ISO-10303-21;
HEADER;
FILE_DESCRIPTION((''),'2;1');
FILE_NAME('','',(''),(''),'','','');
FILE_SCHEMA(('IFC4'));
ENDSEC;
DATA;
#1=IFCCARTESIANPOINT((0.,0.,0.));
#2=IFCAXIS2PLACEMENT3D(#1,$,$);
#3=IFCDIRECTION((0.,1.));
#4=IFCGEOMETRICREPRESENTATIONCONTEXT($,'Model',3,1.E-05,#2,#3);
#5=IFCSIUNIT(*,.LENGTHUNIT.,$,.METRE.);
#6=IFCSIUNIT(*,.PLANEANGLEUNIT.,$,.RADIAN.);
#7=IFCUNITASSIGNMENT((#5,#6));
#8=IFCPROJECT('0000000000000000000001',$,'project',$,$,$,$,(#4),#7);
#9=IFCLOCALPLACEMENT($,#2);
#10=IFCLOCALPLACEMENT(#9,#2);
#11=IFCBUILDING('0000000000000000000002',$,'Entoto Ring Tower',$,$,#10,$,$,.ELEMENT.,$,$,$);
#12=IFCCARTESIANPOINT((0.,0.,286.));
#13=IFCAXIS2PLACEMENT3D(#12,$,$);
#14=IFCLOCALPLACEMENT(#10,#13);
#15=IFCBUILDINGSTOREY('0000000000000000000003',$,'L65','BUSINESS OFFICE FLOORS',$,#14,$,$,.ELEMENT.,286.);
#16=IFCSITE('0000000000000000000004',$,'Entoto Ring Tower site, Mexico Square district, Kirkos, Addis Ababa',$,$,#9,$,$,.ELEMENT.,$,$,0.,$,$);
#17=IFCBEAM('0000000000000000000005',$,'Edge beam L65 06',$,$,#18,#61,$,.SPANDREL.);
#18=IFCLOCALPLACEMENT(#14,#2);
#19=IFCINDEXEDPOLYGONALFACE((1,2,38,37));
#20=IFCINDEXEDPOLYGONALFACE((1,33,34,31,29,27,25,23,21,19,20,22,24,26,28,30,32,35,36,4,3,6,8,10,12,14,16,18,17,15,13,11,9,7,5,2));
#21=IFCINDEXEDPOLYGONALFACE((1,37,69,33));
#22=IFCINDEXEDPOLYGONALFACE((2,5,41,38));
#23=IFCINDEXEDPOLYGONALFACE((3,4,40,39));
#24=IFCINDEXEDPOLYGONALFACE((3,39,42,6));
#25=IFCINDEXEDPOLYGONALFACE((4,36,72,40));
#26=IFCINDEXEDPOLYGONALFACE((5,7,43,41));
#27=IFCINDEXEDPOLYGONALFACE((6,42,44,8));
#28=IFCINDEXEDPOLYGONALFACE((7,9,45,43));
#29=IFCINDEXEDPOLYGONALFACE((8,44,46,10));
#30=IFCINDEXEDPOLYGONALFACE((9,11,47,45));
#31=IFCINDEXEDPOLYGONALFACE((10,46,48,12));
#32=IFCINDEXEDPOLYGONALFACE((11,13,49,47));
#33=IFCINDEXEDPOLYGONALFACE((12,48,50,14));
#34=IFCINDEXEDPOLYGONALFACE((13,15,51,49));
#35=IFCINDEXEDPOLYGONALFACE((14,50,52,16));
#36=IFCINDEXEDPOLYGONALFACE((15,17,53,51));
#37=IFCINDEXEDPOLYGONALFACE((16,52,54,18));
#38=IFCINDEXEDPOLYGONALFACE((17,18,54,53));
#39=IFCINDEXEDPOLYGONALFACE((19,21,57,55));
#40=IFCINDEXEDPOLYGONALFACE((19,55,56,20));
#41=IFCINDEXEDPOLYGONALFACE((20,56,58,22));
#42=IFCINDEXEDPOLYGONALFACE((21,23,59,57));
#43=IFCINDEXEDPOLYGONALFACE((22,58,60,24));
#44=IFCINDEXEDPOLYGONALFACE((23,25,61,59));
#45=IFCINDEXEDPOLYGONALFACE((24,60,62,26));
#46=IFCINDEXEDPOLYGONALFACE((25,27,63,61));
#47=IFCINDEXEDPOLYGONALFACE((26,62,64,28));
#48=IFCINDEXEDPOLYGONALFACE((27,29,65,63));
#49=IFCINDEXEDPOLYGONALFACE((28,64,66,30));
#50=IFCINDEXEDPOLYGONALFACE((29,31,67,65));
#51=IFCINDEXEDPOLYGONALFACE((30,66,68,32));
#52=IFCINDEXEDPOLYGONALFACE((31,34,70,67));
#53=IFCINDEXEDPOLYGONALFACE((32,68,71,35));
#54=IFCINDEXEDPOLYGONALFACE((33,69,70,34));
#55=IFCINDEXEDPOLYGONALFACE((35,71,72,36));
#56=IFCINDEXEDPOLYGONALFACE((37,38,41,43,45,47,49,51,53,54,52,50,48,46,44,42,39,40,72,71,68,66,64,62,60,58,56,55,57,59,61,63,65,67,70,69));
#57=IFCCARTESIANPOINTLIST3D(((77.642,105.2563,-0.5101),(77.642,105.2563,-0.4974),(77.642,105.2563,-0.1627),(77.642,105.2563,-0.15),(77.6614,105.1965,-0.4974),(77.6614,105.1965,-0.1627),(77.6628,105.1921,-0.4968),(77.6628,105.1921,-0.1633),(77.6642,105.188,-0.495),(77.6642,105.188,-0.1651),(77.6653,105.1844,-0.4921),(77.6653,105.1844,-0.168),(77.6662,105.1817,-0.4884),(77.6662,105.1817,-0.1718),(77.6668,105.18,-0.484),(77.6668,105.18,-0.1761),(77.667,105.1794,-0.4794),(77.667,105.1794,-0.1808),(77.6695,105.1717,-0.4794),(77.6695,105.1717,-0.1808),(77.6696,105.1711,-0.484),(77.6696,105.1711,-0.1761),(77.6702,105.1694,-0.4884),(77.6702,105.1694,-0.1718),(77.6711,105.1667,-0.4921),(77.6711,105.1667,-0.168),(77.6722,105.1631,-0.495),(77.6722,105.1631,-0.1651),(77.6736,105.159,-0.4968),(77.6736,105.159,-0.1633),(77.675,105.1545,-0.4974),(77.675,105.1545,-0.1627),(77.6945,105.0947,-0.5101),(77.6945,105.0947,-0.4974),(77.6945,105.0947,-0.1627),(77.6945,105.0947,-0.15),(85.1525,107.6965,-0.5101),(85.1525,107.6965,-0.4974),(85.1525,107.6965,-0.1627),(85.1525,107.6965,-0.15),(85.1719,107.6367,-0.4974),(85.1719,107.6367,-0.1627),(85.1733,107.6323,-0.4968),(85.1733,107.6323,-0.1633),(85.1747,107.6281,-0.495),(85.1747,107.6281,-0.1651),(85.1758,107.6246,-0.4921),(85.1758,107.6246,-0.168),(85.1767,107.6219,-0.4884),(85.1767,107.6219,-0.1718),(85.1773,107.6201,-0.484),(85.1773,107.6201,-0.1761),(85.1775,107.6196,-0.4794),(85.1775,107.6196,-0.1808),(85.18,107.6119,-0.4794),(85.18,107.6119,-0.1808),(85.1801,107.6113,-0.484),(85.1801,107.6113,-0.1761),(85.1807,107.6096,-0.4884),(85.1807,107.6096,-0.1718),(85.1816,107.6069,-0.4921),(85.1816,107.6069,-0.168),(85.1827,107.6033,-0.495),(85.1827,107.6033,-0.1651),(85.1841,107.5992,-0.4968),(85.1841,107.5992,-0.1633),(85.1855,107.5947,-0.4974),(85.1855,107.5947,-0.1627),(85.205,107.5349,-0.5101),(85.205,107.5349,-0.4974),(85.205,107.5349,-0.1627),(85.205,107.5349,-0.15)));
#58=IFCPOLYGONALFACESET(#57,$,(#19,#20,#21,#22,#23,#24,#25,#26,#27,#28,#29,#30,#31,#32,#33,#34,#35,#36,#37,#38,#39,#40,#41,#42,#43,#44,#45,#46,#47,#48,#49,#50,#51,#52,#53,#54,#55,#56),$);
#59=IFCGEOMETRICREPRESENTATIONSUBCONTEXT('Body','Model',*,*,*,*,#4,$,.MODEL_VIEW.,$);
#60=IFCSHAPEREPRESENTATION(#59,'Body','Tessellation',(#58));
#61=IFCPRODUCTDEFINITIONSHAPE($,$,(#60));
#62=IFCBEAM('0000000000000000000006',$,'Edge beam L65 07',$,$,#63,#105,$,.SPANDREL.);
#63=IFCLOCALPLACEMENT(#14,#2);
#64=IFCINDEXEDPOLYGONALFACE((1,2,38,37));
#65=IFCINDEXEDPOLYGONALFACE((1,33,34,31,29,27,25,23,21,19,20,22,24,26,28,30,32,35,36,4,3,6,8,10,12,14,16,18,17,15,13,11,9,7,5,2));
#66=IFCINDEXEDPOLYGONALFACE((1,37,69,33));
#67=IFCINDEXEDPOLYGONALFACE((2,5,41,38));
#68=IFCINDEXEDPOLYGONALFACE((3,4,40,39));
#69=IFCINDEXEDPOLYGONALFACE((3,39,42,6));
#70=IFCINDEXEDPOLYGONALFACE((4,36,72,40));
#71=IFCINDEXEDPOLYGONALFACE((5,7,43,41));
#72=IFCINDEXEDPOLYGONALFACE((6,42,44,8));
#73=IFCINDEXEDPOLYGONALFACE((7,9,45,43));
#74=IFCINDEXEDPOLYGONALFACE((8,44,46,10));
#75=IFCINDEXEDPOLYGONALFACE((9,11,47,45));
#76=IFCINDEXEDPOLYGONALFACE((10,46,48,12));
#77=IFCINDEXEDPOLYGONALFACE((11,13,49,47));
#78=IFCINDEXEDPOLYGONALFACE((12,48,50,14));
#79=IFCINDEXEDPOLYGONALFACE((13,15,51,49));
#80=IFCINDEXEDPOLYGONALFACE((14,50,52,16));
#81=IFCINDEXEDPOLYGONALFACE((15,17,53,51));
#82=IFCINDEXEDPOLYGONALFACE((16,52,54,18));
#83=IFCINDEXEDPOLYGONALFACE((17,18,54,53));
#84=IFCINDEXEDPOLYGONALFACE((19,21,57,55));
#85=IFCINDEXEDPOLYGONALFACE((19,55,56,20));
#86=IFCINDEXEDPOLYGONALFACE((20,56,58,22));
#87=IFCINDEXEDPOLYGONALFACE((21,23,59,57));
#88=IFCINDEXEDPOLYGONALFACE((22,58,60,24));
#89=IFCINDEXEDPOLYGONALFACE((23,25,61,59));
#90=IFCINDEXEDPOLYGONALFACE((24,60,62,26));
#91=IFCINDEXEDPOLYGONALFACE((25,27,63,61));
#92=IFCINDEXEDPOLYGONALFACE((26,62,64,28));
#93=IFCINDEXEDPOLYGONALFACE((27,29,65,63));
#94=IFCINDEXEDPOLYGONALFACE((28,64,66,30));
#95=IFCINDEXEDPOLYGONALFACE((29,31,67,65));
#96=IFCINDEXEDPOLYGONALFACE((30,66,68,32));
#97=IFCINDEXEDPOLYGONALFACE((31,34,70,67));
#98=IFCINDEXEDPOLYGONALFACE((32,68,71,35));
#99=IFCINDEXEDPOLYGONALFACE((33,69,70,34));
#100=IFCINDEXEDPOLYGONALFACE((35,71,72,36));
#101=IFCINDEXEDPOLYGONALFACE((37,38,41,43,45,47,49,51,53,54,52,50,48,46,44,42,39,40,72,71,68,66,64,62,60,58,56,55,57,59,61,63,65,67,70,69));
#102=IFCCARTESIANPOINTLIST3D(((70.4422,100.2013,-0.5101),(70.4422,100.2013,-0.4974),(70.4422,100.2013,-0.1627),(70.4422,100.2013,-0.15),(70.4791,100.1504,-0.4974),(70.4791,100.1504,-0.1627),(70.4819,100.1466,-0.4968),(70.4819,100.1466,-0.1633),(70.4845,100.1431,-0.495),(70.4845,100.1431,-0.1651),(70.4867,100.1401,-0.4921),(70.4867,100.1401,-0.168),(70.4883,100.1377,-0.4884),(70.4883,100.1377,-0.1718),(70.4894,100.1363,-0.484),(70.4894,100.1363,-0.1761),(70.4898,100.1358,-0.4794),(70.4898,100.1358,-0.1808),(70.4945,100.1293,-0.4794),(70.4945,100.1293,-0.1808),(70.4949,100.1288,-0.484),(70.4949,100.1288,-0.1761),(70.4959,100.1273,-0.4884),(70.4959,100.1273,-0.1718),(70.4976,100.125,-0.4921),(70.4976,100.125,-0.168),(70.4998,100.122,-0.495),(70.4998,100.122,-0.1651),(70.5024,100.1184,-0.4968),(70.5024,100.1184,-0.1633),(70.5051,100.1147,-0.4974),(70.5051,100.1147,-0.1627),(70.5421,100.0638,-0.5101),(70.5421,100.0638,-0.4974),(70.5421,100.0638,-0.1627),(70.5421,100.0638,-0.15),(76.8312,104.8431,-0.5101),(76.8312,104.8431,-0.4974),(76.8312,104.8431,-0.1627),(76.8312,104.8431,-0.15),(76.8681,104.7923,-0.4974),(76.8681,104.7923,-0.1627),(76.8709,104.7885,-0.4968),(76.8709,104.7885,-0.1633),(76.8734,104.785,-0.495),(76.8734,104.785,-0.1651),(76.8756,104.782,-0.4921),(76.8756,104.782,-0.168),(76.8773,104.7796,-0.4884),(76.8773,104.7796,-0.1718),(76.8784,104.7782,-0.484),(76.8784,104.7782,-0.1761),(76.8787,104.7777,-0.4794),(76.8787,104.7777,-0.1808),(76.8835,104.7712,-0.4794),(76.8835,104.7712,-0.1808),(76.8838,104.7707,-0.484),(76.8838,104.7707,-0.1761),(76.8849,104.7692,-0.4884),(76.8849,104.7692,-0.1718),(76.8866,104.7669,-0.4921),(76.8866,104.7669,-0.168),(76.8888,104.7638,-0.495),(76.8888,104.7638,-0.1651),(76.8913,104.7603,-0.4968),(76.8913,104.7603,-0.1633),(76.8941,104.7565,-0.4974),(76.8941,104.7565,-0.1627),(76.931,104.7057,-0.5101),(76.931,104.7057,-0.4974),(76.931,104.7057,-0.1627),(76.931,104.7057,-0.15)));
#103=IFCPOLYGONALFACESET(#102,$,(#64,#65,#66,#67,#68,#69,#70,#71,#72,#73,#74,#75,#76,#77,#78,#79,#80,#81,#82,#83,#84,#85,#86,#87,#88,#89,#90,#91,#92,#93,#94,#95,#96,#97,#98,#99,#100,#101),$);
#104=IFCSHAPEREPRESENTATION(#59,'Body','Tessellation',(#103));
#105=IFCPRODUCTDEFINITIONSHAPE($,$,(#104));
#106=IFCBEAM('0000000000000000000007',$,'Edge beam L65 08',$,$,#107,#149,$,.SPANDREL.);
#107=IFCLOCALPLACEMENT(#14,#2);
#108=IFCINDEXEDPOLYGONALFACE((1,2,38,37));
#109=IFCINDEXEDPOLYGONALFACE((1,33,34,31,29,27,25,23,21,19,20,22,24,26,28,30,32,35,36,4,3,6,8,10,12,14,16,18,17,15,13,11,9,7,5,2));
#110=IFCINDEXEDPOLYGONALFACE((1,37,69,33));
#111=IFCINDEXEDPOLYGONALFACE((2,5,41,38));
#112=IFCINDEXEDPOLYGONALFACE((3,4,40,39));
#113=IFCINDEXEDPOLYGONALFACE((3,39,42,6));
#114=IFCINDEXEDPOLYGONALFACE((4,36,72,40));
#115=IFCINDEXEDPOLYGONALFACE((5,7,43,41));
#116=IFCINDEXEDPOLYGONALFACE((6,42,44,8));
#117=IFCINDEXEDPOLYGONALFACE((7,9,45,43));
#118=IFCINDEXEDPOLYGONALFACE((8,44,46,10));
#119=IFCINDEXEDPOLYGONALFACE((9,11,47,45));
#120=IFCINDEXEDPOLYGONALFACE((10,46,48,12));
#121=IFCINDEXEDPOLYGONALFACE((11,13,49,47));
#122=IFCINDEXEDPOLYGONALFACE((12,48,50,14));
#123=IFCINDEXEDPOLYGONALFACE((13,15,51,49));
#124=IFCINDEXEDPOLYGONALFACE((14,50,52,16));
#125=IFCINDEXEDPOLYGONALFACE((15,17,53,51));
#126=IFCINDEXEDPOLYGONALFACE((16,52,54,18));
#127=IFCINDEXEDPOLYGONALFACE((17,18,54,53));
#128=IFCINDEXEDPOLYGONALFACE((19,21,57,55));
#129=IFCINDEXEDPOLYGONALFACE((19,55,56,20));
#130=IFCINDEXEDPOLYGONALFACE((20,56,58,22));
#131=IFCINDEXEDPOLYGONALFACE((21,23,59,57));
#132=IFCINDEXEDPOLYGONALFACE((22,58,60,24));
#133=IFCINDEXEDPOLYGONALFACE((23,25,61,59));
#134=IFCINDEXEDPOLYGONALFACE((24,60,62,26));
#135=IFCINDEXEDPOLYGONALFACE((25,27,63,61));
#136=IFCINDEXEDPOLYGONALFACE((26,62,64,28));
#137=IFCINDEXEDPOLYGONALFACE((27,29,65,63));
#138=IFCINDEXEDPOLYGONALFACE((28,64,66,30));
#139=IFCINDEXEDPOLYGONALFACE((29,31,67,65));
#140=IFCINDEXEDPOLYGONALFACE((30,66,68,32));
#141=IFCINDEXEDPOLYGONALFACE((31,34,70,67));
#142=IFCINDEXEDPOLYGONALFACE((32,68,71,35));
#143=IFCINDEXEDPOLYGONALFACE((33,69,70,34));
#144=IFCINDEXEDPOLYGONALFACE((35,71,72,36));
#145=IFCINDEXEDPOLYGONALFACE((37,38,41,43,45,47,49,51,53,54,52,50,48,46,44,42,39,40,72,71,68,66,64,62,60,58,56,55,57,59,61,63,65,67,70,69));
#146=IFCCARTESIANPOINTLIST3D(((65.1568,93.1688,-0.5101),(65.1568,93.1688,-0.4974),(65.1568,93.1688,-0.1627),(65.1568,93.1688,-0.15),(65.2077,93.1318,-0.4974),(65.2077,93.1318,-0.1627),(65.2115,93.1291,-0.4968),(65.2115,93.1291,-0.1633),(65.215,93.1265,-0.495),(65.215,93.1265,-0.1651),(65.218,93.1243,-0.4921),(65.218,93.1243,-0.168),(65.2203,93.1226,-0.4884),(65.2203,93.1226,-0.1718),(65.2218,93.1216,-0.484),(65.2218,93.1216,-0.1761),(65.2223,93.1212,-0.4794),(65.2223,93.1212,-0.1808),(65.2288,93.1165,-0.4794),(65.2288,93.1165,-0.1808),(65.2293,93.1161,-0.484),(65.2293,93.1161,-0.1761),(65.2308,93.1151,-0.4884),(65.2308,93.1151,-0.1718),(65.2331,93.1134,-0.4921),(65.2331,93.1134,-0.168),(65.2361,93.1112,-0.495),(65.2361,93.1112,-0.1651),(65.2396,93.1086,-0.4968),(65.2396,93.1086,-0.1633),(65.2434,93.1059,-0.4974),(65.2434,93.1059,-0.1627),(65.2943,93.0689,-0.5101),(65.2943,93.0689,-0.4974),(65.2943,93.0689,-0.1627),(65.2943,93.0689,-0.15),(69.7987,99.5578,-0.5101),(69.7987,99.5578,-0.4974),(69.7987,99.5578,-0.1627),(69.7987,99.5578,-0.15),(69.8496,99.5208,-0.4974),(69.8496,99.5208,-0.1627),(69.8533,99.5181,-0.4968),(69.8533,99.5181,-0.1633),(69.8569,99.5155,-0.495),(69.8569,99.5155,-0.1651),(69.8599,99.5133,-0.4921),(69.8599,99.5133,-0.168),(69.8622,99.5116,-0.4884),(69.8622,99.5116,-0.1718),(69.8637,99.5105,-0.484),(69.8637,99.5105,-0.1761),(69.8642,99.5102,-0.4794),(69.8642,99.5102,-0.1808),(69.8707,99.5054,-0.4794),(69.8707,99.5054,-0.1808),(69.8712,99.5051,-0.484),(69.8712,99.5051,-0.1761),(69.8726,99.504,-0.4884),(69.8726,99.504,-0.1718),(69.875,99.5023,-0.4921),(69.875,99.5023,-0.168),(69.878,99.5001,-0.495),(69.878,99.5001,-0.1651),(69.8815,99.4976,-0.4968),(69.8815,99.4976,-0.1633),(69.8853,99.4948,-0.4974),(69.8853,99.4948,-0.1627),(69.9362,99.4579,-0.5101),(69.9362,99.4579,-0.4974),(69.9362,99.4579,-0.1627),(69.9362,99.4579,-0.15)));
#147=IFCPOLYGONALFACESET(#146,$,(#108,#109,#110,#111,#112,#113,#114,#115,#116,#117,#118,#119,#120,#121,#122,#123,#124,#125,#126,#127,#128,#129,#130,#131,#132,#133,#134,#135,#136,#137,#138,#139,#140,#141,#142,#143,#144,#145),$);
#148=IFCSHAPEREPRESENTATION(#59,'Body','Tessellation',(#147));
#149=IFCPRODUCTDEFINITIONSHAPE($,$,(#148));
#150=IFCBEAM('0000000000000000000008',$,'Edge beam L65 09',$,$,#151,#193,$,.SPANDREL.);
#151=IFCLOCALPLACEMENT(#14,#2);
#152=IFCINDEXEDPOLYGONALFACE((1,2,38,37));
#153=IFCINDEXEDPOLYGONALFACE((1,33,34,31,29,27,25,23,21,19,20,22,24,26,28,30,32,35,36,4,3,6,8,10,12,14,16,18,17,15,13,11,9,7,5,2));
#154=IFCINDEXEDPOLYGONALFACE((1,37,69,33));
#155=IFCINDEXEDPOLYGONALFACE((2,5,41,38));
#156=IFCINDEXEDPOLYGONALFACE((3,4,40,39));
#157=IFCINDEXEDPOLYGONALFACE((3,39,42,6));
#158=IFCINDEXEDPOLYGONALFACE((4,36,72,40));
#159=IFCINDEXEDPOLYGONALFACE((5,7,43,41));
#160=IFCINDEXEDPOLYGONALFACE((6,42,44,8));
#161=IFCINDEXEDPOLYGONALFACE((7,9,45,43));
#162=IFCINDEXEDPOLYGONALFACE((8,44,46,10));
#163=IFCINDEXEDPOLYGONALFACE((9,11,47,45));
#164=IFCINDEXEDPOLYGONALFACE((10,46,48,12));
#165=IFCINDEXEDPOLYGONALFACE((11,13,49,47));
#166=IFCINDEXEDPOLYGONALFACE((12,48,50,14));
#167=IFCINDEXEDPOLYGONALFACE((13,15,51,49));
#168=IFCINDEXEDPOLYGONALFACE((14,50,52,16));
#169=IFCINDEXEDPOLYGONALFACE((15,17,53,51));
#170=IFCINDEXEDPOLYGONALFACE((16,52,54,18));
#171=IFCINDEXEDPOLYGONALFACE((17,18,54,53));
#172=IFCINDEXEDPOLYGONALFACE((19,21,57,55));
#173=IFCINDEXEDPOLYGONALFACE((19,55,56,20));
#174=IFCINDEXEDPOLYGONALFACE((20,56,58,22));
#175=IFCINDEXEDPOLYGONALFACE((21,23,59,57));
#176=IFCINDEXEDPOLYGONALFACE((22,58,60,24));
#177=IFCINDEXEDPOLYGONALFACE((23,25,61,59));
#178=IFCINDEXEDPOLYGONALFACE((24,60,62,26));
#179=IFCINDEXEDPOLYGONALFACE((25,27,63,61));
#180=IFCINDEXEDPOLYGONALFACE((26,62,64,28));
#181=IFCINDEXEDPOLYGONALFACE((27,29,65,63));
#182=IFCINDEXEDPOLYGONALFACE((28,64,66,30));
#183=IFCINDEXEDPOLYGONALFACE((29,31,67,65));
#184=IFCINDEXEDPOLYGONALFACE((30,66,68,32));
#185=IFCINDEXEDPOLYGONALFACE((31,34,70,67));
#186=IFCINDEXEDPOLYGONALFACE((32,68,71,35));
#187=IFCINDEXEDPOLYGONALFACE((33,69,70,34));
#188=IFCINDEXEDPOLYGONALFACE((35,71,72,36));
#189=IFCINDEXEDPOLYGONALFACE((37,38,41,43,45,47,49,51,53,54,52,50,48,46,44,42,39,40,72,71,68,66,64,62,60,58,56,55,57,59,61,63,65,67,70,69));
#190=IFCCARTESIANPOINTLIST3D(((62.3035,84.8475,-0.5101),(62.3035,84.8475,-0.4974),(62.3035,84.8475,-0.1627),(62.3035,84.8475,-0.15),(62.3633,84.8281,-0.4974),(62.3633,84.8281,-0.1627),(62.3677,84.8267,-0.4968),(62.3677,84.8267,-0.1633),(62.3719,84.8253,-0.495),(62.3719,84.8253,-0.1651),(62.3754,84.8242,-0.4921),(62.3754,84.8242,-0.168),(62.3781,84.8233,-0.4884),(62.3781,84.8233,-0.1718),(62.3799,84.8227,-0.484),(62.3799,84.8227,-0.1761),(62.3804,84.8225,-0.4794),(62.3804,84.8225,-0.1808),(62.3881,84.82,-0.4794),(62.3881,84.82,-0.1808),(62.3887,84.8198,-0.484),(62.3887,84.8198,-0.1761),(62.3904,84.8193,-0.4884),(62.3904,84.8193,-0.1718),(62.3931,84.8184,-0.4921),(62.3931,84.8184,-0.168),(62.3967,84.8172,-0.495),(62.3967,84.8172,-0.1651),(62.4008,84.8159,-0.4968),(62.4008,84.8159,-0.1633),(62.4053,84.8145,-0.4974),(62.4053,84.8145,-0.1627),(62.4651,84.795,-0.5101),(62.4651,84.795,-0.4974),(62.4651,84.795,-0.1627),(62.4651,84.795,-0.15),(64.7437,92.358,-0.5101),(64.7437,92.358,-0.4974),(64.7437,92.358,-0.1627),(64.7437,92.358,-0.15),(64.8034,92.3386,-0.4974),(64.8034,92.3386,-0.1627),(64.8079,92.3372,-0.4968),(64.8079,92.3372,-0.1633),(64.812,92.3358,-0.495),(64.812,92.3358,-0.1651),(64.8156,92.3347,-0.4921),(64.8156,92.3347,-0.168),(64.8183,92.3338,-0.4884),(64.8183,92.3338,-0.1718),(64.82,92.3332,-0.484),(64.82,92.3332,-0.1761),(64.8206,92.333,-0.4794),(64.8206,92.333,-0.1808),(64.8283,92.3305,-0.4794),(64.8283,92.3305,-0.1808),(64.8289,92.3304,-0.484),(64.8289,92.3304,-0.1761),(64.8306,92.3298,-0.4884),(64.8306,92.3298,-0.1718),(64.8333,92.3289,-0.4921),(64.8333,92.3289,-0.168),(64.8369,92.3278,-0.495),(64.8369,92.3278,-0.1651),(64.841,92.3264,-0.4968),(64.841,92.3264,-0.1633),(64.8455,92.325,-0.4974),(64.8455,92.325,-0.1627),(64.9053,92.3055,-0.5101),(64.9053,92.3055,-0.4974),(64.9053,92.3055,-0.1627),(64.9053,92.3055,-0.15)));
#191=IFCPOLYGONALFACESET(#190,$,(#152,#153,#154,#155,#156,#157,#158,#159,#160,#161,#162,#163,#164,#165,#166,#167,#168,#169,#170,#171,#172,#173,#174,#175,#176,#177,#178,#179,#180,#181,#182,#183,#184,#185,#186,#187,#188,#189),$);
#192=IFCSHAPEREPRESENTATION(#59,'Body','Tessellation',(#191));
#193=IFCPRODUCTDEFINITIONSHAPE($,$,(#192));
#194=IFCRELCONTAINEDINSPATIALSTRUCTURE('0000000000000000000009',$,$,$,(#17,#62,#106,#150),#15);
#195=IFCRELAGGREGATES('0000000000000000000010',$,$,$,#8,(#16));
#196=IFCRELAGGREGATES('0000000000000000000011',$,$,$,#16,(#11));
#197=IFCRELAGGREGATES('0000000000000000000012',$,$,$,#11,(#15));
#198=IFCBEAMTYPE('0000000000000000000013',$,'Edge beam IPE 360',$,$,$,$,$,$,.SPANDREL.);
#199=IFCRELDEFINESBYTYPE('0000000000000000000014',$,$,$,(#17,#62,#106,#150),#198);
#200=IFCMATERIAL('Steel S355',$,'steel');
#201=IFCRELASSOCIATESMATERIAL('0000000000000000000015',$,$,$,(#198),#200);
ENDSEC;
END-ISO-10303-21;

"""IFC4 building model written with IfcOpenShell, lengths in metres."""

from ifc_helpers import new_model, si_unit, direction, frame, origin, origin_2d, place, context, subcontext, project, spatial, i_section, extrude, material, material_profile, profile_set, type_object, element, save


model = new_model("IFC4")

# Units and contexts
model_context = context("Model", 3, precision=1e-05, world=origin(), true_north=direction((0.0, 1.0)))
body_context = subcontext(model_context, "Body", "Model", "MODEL_VIEW")
ifc_project = project(units=[si_unit("LENGTHUNIT", "METRE"), si_unit("PLANEANGLEUNIT", "RADIAN")], contexts=[model_context])

# Site, building, storey
site_placement = place(None, origin())
site = spatial("IfcSite", under=ifc_project, at=site_placement, Name="Entoto Ring Tower site, Mexico Square district, Kirkos, Addis Ababa", CompositionType="ELEMENT", RefElevation=0.0)
building_placement = place(site_placement, origin())
building = spatial("IfcBuilding", under=site, at=building_placement, Name="Entoto Ring Tower", CompositionType="ELEMENT")
storey_placement = place(building_placement, frame((0.0, 0.0, 286.0)))
storey = spatial("IfcBuildingStorey", under=building, at=storey_placement, Name="L65", Description="BUSINESS OFFICE FLOORS", CompositionType="ELEMENT", Elevation=286.0)

# Beams
ifc_material_1 = material(Name="Steel S355", Category="steel")
ifc_material_profile_1 = material_profile(ifc_material_1, i_section(OverallWidth=0.1699, OverallDepth=0.3601, WebThickness=0.0081, FlangeThickness=0.0127, FilletRadius=0.0181, at=origin_2d()), Name="IPE 360")
ifc_profile_set_1 = profile_set([ifc_material_profile_1], Name="Steel S355")
beam_type_1 = type_object("IfcBeamType", Name="Edge beam IPE 360", PredefinedType="SPANDREL", material=ifc_profile_set_1)
beam_1_placement = place(storey_placement, frame((85.1787, 107.6157, -0.3301), z_axis=(-0.951061, -0.309003, 0.0), x_axis=(0.309003, -0.951061, 0.0)))
element("IfcBeam", 1, at=beam_1_placement, inside=storey, type_object=beam_type_1, Name="Edge beam L65 06", PredefinedType="SPANDREL", context=body_context, shape_type="SweptSolid", body=[
    extrude(i_section(OverallWidth=0.1699, OverallDepth=0.3601, WebThickness=0.0081, FlangeThickness=0.0127, FilletRadius=0.0181, at=origin_2d()), origin(), (0.0, 0.0, 1.0), 7.897),
])
for number, where, z_axis, x_axis, name in (
    (2, (76.8811, 104.7744, -0.3301), (-0.809015, -0.587787, 0.0), (0.587787, -0.809015, 0.0), "Edge beam L65 07"),
    (3, (69.8674, 99.5078, -0.3301), (-0.587787, -0.809015, 0.0), (0.809015, -0.587787, 0.0), "Edge beam L65 08"),
):
    element("IfcBeam", number, at=place(storey_placement, frame(where, z_axis=z_axis, x_axis=x_axis)), inside=storey, type_object=beam_type_1, Name=name, PredefinedType="SPANDREL", context=body_context, shape_type="SweptSolid", body=[
        extrude(i_section(OverallWidth=0.1699, OverallDepth=0.3601, WebThickness=0.0081, FlangeThickness=0.0127, FilletRadius=0.0181, at=origin_2d()), origin(), (0.0, 0.0, 1.0), 7.8972),
    ])
for number, where, z_axis, x_axis, name in (
    (4, (64.8245, 92.3318, -0.3301), (-0.309003, -0.951061, 0.0), (0.951061, -0.309003, 0.0), "Edge beam L65 09"),
):
    element("IfcBeam", number, at=place(storey_placement, frame(where, z_axis=z_axis, x_axis=x_axis)), inside=storey, type_object=beam_type_1, Name=name, PredefinedType="SPANDREL", context=body_context, shape_type="SweptSolid", body=[
        extrude(i_section(OverallWidth=0.1699, OverallDepth=0.3601, WebThickness=0.0081, FlangeThickness=0.0127, FilletRadius=0.0181, at=origin_2d()), origin(), (0.0, 0.0, 1.0), 7.897),
    ])

save(model, "model.ifc")
